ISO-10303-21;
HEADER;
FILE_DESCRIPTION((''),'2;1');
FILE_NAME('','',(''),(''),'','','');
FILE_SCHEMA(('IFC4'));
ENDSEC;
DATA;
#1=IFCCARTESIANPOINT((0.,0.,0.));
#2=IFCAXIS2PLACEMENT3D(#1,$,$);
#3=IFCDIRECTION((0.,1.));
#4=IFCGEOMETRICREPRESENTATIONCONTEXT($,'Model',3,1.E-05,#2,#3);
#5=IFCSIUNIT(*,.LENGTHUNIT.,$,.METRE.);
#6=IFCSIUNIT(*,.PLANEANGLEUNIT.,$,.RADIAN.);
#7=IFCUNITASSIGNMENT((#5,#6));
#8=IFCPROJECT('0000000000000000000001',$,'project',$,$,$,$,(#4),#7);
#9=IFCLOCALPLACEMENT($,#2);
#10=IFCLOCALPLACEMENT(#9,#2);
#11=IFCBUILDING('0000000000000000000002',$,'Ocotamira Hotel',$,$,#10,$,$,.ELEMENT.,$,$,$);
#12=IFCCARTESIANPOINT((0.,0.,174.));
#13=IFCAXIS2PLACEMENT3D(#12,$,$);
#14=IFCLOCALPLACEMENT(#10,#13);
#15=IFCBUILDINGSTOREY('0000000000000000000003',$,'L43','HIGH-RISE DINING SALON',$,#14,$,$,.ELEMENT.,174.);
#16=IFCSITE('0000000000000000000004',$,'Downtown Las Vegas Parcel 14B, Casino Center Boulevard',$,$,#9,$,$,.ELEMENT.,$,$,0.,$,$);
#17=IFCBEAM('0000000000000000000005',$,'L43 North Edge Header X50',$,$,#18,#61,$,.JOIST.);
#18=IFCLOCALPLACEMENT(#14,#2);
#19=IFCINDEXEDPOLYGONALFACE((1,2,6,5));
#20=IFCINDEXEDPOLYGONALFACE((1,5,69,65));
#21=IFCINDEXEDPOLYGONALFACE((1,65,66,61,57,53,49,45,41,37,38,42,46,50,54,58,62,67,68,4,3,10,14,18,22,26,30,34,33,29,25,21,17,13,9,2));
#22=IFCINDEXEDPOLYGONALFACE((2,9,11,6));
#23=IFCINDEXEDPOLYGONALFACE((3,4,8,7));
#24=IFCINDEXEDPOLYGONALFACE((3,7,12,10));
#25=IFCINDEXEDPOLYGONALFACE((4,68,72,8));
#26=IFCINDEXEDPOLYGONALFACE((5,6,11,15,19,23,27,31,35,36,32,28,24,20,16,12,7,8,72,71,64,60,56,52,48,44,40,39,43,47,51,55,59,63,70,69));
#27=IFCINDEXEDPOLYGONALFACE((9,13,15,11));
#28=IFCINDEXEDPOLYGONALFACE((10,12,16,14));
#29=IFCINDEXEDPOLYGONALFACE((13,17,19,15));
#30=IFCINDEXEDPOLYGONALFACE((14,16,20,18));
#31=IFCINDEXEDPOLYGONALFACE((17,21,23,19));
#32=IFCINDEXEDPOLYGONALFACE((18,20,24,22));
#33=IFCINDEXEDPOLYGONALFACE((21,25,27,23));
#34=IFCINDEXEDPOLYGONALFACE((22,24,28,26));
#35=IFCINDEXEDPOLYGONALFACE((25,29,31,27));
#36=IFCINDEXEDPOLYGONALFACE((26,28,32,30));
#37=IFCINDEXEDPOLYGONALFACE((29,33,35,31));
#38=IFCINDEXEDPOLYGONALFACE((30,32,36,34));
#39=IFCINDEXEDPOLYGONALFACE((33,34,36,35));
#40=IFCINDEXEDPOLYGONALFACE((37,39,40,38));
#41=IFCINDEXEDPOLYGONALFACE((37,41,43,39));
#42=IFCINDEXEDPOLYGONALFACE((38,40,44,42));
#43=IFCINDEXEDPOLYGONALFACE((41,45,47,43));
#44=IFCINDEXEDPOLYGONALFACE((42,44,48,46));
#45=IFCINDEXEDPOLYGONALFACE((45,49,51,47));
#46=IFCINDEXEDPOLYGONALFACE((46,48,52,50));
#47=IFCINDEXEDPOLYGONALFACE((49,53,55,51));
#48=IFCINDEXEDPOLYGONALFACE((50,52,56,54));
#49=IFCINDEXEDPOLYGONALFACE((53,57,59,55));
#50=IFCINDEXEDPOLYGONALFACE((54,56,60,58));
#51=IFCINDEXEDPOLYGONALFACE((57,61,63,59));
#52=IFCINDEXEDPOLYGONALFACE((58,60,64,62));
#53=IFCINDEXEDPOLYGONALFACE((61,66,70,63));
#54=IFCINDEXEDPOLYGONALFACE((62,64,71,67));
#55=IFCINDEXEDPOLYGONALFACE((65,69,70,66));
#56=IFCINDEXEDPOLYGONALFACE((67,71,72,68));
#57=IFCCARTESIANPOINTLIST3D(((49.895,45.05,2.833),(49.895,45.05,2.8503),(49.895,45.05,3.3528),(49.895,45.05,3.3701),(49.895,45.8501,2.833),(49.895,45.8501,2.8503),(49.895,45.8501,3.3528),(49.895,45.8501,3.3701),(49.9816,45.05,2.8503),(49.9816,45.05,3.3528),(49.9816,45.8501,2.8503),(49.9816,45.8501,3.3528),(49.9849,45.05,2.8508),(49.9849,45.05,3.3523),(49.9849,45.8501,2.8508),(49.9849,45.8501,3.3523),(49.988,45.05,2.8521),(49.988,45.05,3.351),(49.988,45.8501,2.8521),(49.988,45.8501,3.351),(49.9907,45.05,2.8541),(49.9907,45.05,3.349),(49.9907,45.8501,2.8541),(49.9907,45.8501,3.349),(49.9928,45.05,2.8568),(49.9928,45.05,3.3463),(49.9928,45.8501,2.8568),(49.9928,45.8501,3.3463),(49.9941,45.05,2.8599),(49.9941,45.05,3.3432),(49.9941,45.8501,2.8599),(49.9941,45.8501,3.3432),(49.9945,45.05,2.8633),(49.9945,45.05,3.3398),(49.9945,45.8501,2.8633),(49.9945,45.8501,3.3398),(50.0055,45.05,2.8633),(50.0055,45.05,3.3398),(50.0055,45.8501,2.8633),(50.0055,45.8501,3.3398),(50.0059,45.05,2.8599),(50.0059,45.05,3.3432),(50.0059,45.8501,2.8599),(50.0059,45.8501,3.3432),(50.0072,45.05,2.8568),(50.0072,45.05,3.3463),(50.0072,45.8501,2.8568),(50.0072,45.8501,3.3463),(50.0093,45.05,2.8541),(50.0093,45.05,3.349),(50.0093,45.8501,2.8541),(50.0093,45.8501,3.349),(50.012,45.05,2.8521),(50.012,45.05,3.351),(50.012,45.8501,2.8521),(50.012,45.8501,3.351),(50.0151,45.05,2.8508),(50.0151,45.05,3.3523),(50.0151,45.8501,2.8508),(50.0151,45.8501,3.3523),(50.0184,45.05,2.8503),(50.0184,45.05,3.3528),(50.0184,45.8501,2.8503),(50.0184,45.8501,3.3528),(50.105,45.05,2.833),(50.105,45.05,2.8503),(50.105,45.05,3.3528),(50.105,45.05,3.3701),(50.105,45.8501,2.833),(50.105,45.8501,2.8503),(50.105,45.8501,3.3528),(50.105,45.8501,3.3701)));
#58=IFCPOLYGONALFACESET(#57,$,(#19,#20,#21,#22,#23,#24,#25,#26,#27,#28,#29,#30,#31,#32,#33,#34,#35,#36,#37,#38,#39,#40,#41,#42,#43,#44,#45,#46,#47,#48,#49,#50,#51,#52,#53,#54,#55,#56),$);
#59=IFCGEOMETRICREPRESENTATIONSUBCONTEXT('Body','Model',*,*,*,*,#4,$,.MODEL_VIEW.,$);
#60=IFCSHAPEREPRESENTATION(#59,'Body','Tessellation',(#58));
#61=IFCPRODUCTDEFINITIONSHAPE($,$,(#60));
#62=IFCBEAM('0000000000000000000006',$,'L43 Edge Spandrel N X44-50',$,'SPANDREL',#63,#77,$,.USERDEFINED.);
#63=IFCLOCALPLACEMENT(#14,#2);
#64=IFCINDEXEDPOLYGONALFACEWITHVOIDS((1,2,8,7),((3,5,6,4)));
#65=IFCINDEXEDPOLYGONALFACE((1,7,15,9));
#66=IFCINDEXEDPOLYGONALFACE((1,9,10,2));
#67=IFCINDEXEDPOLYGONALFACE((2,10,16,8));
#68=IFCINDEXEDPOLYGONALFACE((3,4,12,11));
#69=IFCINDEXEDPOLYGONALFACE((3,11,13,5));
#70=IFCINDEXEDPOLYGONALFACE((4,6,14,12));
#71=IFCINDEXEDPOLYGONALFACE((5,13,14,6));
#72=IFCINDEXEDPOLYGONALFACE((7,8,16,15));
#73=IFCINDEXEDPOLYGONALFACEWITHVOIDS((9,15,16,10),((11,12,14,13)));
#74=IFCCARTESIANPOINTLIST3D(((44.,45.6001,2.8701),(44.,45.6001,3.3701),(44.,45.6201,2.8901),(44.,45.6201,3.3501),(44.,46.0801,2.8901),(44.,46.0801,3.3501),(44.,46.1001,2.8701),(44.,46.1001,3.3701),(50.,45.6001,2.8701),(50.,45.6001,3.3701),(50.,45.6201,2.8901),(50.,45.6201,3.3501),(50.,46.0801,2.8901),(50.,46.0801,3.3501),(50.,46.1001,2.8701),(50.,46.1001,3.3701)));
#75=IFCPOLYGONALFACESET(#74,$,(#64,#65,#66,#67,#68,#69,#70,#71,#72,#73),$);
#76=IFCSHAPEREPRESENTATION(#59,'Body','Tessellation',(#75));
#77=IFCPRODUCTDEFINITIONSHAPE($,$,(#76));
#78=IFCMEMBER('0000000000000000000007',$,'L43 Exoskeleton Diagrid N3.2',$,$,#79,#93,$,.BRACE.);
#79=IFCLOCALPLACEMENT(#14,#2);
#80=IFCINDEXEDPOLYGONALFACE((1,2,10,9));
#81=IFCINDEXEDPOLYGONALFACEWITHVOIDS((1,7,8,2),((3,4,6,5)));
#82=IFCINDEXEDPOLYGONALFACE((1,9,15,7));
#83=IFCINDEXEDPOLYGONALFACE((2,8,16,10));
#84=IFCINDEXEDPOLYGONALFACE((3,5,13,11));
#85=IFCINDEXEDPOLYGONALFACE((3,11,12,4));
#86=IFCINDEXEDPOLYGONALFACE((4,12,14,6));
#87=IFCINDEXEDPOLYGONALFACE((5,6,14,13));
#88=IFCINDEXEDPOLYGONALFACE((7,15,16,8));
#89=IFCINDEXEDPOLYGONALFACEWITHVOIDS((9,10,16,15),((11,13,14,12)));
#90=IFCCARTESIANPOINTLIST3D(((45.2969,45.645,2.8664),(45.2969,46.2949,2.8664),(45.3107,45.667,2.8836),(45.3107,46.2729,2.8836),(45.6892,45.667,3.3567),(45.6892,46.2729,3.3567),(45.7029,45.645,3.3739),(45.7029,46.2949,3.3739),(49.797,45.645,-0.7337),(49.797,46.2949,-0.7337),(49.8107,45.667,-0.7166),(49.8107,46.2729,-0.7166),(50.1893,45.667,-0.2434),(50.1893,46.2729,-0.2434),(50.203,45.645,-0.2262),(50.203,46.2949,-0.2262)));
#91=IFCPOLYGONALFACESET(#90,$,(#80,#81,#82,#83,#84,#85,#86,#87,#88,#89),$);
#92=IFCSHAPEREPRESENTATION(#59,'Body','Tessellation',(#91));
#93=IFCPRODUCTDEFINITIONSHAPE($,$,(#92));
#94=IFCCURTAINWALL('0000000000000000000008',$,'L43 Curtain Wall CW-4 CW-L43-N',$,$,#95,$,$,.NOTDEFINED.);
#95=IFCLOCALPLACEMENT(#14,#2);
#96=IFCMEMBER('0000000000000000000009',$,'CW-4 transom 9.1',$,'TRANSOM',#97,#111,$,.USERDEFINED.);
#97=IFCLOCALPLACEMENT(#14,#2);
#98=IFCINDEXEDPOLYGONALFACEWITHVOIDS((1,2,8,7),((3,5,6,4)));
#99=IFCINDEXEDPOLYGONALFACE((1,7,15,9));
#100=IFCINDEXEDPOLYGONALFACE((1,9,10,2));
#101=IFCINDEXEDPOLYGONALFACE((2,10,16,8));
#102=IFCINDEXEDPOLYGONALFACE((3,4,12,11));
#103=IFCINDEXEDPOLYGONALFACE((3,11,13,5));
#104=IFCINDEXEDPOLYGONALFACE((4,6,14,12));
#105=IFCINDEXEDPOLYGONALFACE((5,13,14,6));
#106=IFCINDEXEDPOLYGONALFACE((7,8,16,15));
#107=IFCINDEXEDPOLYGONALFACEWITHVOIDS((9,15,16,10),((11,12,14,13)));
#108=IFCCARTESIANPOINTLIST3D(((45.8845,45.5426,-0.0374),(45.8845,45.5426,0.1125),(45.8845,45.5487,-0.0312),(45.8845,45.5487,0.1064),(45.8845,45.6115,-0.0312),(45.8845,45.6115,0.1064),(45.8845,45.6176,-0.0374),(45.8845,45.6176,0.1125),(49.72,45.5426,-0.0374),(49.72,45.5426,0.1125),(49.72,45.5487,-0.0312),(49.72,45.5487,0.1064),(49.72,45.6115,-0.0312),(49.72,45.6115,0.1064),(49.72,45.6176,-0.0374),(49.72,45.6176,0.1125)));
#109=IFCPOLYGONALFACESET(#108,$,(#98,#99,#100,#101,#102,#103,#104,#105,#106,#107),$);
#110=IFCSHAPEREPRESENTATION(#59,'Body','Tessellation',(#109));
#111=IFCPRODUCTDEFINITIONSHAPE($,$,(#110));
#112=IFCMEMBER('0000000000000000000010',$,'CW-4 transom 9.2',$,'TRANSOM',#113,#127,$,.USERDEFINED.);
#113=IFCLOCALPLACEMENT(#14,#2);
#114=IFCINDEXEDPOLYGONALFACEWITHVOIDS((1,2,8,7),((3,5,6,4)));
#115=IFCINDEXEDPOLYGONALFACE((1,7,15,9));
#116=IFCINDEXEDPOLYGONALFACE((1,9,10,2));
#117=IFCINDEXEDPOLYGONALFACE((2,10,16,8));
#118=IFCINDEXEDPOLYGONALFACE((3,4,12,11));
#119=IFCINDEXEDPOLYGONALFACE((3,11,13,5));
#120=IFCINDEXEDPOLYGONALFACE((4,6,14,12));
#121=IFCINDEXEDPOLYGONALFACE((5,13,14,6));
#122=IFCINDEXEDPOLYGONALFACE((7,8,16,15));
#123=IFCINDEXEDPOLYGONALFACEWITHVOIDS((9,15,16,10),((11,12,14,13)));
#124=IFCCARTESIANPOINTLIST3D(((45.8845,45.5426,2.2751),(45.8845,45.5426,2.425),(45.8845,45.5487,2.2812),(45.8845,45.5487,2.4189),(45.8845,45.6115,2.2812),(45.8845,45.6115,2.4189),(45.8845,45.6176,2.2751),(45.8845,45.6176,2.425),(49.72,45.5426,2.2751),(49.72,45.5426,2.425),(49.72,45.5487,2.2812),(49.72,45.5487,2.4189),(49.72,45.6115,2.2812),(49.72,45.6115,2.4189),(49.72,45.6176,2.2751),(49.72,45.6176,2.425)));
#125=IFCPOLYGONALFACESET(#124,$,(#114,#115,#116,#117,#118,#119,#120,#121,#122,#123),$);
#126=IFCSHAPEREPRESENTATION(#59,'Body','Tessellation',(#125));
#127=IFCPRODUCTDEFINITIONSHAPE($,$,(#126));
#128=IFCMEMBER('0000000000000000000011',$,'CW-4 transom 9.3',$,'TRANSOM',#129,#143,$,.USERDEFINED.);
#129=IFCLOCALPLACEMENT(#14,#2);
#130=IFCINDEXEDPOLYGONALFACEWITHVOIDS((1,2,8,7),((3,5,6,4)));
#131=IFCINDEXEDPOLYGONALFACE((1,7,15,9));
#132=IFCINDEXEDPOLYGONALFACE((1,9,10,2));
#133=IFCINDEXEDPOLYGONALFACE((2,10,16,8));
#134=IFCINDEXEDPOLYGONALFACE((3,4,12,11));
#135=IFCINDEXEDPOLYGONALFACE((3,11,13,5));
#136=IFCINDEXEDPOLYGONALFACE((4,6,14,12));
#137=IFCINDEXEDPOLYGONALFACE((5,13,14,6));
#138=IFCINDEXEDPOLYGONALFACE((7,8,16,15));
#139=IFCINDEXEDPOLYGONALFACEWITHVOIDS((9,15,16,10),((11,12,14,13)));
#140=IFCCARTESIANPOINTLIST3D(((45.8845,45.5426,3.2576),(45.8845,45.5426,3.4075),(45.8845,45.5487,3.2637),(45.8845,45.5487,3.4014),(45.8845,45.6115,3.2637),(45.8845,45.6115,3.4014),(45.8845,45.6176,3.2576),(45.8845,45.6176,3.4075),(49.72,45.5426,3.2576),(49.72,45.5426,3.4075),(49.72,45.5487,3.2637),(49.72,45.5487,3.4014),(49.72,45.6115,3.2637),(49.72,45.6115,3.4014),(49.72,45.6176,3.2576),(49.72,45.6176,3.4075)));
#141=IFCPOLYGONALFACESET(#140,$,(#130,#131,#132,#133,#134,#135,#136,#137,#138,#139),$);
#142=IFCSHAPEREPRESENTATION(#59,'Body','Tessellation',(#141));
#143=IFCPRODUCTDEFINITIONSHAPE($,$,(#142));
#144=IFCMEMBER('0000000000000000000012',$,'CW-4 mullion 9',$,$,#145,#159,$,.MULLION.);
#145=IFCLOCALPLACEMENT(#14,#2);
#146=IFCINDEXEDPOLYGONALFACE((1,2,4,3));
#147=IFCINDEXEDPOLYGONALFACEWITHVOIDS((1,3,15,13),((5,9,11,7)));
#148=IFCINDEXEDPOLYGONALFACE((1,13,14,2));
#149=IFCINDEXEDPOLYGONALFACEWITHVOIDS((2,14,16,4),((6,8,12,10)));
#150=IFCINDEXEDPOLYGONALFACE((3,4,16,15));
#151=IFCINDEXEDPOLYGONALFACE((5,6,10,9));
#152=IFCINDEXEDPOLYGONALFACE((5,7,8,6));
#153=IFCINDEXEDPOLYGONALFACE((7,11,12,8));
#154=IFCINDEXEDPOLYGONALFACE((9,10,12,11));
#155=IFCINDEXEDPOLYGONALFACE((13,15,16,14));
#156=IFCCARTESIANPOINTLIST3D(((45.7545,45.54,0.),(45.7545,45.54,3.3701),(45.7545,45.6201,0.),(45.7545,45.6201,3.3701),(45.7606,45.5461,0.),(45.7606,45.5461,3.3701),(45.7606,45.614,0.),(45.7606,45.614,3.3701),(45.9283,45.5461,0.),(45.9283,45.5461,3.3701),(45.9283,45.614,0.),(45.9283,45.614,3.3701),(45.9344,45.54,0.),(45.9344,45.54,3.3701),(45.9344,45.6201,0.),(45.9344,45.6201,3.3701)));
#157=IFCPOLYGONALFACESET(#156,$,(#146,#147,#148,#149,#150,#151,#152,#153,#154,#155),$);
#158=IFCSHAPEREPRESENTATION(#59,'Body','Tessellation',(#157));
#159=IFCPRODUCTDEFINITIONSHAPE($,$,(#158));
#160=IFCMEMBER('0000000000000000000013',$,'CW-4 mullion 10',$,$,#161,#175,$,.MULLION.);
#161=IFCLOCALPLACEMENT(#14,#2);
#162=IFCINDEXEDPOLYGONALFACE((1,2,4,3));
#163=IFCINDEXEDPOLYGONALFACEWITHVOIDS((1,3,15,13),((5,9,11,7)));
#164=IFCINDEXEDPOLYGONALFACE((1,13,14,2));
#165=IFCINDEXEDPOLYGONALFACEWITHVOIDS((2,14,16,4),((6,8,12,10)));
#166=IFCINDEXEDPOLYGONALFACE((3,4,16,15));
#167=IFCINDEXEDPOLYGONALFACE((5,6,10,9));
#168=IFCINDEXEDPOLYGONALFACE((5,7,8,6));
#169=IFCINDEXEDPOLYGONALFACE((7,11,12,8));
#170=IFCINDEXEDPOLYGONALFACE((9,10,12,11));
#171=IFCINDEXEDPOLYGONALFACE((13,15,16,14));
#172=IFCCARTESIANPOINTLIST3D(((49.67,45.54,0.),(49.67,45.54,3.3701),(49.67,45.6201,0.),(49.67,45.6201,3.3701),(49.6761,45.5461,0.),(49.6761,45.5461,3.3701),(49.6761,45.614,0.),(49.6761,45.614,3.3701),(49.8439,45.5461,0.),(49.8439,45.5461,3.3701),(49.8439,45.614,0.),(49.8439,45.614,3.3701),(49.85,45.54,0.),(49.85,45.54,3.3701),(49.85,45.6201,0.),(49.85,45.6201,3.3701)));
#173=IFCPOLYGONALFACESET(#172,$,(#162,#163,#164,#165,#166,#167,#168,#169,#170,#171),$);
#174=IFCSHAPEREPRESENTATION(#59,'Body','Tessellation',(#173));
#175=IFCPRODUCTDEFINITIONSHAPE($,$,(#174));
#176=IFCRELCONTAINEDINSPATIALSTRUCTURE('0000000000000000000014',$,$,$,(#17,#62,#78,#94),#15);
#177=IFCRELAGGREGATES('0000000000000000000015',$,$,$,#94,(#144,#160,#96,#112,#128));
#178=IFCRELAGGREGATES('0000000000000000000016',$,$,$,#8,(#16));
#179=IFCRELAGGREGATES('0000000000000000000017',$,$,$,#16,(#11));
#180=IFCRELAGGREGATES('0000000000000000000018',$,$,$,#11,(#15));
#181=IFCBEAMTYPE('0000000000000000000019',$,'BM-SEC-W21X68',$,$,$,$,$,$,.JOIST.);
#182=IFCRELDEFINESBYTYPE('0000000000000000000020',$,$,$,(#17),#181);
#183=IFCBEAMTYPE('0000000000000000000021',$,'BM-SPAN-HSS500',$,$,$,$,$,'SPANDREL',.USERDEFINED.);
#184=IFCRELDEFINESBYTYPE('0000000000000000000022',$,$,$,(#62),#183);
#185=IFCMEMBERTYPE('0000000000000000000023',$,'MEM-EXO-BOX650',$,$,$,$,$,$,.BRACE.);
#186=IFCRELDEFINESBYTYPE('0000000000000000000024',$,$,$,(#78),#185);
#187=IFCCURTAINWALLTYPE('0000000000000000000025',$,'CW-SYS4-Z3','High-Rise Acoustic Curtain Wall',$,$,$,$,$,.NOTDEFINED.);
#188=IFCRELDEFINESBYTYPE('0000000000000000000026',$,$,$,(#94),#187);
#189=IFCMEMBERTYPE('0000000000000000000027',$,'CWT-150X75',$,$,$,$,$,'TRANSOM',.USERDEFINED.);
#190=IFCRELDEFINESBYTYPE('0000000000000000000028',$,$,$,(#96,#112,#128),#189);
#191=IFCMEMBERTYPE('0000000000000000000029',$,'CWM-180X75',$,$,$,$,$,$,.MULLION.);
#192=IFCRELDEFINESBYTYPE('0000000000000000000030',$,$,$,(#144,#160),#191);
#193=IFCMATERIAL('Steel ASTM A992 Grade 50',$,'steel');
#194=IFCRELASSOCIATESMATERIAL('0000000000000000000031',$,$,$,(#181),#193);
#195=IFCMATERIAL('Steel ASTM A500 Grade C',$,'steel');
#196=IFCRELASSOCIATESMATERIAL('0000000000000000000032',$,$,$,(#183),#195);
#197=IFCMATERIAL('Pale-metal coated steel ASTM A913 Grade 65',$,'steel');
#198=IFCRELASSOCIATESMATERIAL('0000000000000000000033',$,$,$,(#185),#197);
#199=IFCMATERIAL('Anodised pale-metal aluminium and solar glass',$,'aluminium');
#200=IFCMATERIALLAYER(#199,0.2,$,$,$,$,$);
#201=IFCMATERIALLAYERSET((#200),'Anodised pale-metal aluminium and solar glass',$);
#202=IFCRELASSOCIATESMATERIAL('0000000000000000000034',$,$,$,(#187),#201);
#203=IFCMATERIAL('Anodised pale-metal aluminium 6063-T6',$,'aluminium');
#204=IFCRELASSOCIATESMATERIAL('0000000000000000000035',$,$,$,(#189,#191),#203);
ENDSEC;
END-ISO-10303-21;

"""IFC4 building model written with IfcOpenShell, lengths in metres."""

from ifc_helpers import new_model, si_unit, direction, frame, origin, origin_2d, place, context, subcontext, project, spatial, hollow_rectangle, i_section, extrude, source, transform, mapped, material, layer, layer_set, material_profile, profile_set, type_object, element, aggregate, save


model = new_model("IFC4")

# Units and contexts
model_context = context("Model", 3, precision=1e-05, world=origin(), true_north=direction((0.0, 1.0)))
body_context = subcontext(model_context, "Body", "Model", "MODEL_VIEW")
ifc_project = project(units=[si_unit("LENGTHUNIT", "METRE"), si_unit("PLANEANGLEUNIT", "RADIAN")], contexts=[model_context])

# Site, building, storey
site_placement = place(None, origin())
site = spatial("IfcSite", under=ifc_project, at=site_placement, Name="Downtown Las Vegas Parcel 14B, Casino Center Boulevard", CompositionType="ELEMENT", RefElevation=0.0)
building_placement = place(site_placement, origin())
building = spatial("IfcBuilding", under=site, at=building_placement, Name="Ocotamira Hotel", CompositionType="ELEMENT")
storey_placement = place(building_placement, frame((0.0, 0.0, 174.0)))
storey = spatial("IfcBuildingStorey", under=building, at=storey_placement, Name="L43", Description="HIGH-RISE DINING SALON", CompositionType="ELEMENT", Elevation=174.0)

# Beams
ifc_material_1 = material(Name="Steel ASTM A992 Grade 50", Category="steel")
ifc_material_profile_1 = material_profile(ifc_material_1, i_section(OverallWidth=0.21, OverallDepth=0.5371, WebThickness=0.011, FlangeThickness=0.0173, FilletRadius=0.0129, at=origin_2d()), Name="W21X68")
ifc_profile_set_1 = profile_set([ifc_material_profile_1], Name="Steel ASTM A992 Grade 50")
beam_type_1 = type_object("IfcBeamType", Name="BM-SEC-W21X68", PredefinedType="JOIST", material=ifc_profile_set_1)
shared_shape_1 = source(origin(), body_context, "Body", "SweptSolid", [
    extrude(i_section(OverallWidth=0.21, OverallDepth=0.5371, WebThickness=0.011, FlangeThickness=0.0173, FilletRadius=0.0129, at=origin_2d()), origin(), (0.0, 0.0, 1.0), 0.8),
])
for number, where, z_axis, x_axis, name in (
    (1, (50.0, 45.05, 3.1016), (0.0, 1.0, 0.0), (-1.0, 0.0, 0.0), "L43 North Edge Header X50"),
):
    element("IfcBeam", number, at=place(storey_placement, frame(where, z_axis=z_axis, x_axis=x_axis)), inside=storey, type_object=beam_type_1, Name=name, PredefinedType="JOIST", context=body_context, shape_type="MappedRepresentation", body=[
        mapped(shared_shape_1, transform((0.0, 0.0, 0.0), scale=1.0)),
    ])
ifc_material_2 = material(Name="Steel ASTM A500 Grade C", Category="steel")
ifc_material_profile_2 = material_profile(ifc_material_2, hollow_rectangle(XDim=0.5, YDim=0.5, WallThickness=0.02, at=origin_2d()), Name="HSS500X500X20")
ifc_profile_set_2 = profile_set([ifc_material_profile_2], Name="Steel ASTM A500 Grade C")
beam_type_2 = type_object("IfcBeamType", Name="BM-SPAN-HSS500", ElementType="SPANDREL", PredefinedType="USERDEFINED", material=ifc_profile_set_2)
shared_shape_2 = source(origin(), body_context, "Body", "SweptSolid", [
    extrude(hollow_rectangle(XDim=0.5, YDim=0.5, WallThickness=0.02, at=origin_2d()), origin(), (0.0, 0.0, 1.0), 6.0),
])
beam_1_placement = place(storey_placement, frame((44.0, 45.8501, 3.1201), z_axis=(1.0, 0.0, 0.0), x_axis=(0.0, 1.0, 0.0)))
element("IfcBeam", 2, at=beam_1_placement, inside=storey, type_object=beam_type_2, Name="L43 Edge Spandrel N X44-50", ObjectType="SPANDREL", PredefinedType="USERDEFINED", context=body_context, shape_type="MappedRepresentation", body=[
    mapped(shared_shape_2, transform((0.0, 0.0, 0.0), scale=1.0)),
])

# Member
ifc_material_3 = material(Name="Pale-metal coated steel ASTM A913 Grade 65", Category="steel")
ifc_material_profile_3 = material_profile(ifc_material_3, hollow_rectangle(XDim=0.6499, YDim=0.6499, WallThickness=0.022, at=origin_2d()), Name="BOX650X650X22")
ifc_profile_set_3 = profile_set([ifc_material_profile_3], Name="Pale-metal coated steel ASTM A913 Grade 65")
member_type_1 = type_object("IfcMemberType", Name="MEM-EXO-BOX650", PredefinedType="BRACE", material=ifc_profile_set_3)
shared_shape_3 = source(origin(), body_context, "Body", "SweptSolid", [
    extrude(hollow_rectangle(XDim=0.6499, YDim=0.6499, WallThickness=0.022, at=origin_2d()), origin(), (0.0, 0.0, 1.0), 5.7629),
])
member_1_placement = place(storey_placement, frame((50.0, 45.97, -0.48), z_axis=(-0.780861, 0.0, 0.624705), x_axis=(0.0, -1.0, 0.0)))
element("IfcMember", 3, at=member_1_placement, inside=storey, type_object=member_type_1, Name="L43 Exoskeleton Diagrid N3.2", PredefinedType="BRACE", context=body_context, shape_type="MappedRepresentation", body=[
    mapped(shared_shape_3, transform((0.0, 0.0, 0.0), scale=1.0)),
])

# Curtain wall, members
ifc_material_4 = material(Name="Anodised pale-metal aluminium and solar glass", Category="aluminium")
ifc_layer_1 = layer(ifc_material_4, 0.2)
ifc_layer_set_1 = layer_set([ifc_layer_1], Name="Anodised pale-metal aluminium and solar glass")
curtain_wall_type = type_object("IfcCurtainWallType", Name="CW-SYS4-Z3", Description="High-Rise Acoustic Curtain Wall", PredefinedType="NOTDEFINED", material=ifc_layer_set_1)
curtain_wall_1_placement = place(storey_placement, origin())
curtain_wall_1 = element("IfcCurtainWall", 4, at=curtain_wall_1_placement, inside=storey, type_object=curtain_wall_type, Name="L43 Curtain Wall CW-4 CW-L43-N", PredefinedType="NOTDEFINED")
ifc_material_5 = material(Name="Anodised pale-metal aluminium 6063-T6", Category="aluminium")
ifc_material_profile_4 = material_profile(ifc_material_5, hollow_rectangle(XDim=0.075, YDim=0.1499, WallThickness=0.0061, at=origin_2d()), Name="HSS150X75X6")
ifc_profile_set_4 = profile_set([ifc_material_profile_4], Name="Anodised pale-metal aluminium 6063-T6")
member_type_2 = type_object("IfcMemberType", Name="CWT-150X75", ElementType="TRANSOM", PredefinedType="USERDEFINED", material=ifc_profile_set_4)
shared_shape_4 = source(origin(), body_context, "Body", "SweptSolid", [
    extrude(hollow_rectangle(XDim=0.075, YDim=0.1499, WallThickness=0.0061, at=origin_2d()), origin(), (0.0, 0.0, 1.0), 3.8354),
])
member_2_placement = place(storey_placement, frame((45.8845, 45.5801, 0.0376), z_axis=(1.0, 0.0, 0.0), x_axis=(0.0, 1.0, 0.0)))
member_2 = element("IfcMember", 5, at=member_2_placement, type_object=member_type_2, Name="CW-4 transom 9.1", ObjectType="TRANSOM", PredefinedType="USERDEFINED", context=body_context, shape_type="MappedRepresentation", body=[
    mapped(shared_shape_4, transform((0.0, 0.0, 0.0), scale=1.0)),
])
member_3_placement = place(storey_placement, frame((45.8845, 45.5801, 2.3501), z_axis=(1.0, 0.0, 0.0), x_axis=(0.0, 1.0, 0.0)))
member_3 = element("IfcMember", 6, at=member_3_placement, type_object=member_type_2, Name="CW-4 transom 9.2", ObjectType="TRANSOM", PredefinedType="USERDEFINED", context=body_context, shape_type="MappedRepresentation", body=[
    mapped(shared_shape_4, transform((0.0, 0.0, 0.0), scale=1.0)),
])
member_4_placement = place(storey_placement, frame((45.8845, 45.5801, 3.3325), z_axis=(1.0, 0.0, 0.0), x_axis=(0.0, 1.0, 0.0)))
member_4 = element("IfcMember", 7, at=member_4_placement, type_object=member_type_2, Name="CW-4 transom 9.3", ObjectType="TRANSOM", PredefinedType="USERDEFINED", context=body_context, shape_type="MappedRepresentation", body=[
    mapped(shared_shape_4, transform((0.0, 0.0, 0.0), scale=1.0)),
])
ifc_material_profile_5 = material_profile(ifc_material_5, hollow_rectangle(XDim=0.0801, YDim=0.1799, WallThickness=0.0061, at=origin_2d()), Name="HSS180X80X6")
ifc_profile_set_5 = profile_set([ifc_material_profile_5], Name="Anodised pale-metal aluminium 6063-T6")
member_type_3 = type_object("IfcMemberType", Name="CWM-180X75", PredefinedType="MULLION", material=ifc_profile_set_5)
shared_shape_5 = source(origin(), body_context, "Body", "SweptSolid", [
    extrude(hollow_rectangle(XDim=0.0801, YDim=0.1799, WallThickness=0.0061, at=origin_2d()), origin(), (0.0, 0.0, 1.0), 3.3701),
])
member_5_placement = place(storey_placement, frame((45.8445, 45.5801, 0.0), z_axis=(0.0, 0.0, 1.0), x_axis=(0.0, 1.0, 0.0)))
member_5 = element("IfcMember", 8, at=member_5_placement, type_object=member_type_3, Name="CW-4 mullion 9", PredefinedType="MULLION", context=body_context, shape_type="MappedRepresentation", body=[
    mapped(shared_shape_5, transform((0.0, 0.0, 0.0), scale=1.0)),
])
member_6_placement = place(storey_placement, frame((49.76, 45.5801, 0.0), z_axis=(0.0, 0.0, 1.0), x_axis=(0.0, 1.0, 0.0)))
member_6 = element("IfcMember", 9, at=member_6_placement, type_object=member_type_3, Name="CW-4 mullion 10", PredefinedType="MULLION", context=body_context, shape_type="MappedRepresentation", body=[
    mapped(shared_shape_5, transform((0.0, 0.0, 0.0), scale=1.0)),
])

aggregate(curtain_wall_1, [member_5, member_6, member_2, member_3, member_4])

save(model, "model.ifc")
